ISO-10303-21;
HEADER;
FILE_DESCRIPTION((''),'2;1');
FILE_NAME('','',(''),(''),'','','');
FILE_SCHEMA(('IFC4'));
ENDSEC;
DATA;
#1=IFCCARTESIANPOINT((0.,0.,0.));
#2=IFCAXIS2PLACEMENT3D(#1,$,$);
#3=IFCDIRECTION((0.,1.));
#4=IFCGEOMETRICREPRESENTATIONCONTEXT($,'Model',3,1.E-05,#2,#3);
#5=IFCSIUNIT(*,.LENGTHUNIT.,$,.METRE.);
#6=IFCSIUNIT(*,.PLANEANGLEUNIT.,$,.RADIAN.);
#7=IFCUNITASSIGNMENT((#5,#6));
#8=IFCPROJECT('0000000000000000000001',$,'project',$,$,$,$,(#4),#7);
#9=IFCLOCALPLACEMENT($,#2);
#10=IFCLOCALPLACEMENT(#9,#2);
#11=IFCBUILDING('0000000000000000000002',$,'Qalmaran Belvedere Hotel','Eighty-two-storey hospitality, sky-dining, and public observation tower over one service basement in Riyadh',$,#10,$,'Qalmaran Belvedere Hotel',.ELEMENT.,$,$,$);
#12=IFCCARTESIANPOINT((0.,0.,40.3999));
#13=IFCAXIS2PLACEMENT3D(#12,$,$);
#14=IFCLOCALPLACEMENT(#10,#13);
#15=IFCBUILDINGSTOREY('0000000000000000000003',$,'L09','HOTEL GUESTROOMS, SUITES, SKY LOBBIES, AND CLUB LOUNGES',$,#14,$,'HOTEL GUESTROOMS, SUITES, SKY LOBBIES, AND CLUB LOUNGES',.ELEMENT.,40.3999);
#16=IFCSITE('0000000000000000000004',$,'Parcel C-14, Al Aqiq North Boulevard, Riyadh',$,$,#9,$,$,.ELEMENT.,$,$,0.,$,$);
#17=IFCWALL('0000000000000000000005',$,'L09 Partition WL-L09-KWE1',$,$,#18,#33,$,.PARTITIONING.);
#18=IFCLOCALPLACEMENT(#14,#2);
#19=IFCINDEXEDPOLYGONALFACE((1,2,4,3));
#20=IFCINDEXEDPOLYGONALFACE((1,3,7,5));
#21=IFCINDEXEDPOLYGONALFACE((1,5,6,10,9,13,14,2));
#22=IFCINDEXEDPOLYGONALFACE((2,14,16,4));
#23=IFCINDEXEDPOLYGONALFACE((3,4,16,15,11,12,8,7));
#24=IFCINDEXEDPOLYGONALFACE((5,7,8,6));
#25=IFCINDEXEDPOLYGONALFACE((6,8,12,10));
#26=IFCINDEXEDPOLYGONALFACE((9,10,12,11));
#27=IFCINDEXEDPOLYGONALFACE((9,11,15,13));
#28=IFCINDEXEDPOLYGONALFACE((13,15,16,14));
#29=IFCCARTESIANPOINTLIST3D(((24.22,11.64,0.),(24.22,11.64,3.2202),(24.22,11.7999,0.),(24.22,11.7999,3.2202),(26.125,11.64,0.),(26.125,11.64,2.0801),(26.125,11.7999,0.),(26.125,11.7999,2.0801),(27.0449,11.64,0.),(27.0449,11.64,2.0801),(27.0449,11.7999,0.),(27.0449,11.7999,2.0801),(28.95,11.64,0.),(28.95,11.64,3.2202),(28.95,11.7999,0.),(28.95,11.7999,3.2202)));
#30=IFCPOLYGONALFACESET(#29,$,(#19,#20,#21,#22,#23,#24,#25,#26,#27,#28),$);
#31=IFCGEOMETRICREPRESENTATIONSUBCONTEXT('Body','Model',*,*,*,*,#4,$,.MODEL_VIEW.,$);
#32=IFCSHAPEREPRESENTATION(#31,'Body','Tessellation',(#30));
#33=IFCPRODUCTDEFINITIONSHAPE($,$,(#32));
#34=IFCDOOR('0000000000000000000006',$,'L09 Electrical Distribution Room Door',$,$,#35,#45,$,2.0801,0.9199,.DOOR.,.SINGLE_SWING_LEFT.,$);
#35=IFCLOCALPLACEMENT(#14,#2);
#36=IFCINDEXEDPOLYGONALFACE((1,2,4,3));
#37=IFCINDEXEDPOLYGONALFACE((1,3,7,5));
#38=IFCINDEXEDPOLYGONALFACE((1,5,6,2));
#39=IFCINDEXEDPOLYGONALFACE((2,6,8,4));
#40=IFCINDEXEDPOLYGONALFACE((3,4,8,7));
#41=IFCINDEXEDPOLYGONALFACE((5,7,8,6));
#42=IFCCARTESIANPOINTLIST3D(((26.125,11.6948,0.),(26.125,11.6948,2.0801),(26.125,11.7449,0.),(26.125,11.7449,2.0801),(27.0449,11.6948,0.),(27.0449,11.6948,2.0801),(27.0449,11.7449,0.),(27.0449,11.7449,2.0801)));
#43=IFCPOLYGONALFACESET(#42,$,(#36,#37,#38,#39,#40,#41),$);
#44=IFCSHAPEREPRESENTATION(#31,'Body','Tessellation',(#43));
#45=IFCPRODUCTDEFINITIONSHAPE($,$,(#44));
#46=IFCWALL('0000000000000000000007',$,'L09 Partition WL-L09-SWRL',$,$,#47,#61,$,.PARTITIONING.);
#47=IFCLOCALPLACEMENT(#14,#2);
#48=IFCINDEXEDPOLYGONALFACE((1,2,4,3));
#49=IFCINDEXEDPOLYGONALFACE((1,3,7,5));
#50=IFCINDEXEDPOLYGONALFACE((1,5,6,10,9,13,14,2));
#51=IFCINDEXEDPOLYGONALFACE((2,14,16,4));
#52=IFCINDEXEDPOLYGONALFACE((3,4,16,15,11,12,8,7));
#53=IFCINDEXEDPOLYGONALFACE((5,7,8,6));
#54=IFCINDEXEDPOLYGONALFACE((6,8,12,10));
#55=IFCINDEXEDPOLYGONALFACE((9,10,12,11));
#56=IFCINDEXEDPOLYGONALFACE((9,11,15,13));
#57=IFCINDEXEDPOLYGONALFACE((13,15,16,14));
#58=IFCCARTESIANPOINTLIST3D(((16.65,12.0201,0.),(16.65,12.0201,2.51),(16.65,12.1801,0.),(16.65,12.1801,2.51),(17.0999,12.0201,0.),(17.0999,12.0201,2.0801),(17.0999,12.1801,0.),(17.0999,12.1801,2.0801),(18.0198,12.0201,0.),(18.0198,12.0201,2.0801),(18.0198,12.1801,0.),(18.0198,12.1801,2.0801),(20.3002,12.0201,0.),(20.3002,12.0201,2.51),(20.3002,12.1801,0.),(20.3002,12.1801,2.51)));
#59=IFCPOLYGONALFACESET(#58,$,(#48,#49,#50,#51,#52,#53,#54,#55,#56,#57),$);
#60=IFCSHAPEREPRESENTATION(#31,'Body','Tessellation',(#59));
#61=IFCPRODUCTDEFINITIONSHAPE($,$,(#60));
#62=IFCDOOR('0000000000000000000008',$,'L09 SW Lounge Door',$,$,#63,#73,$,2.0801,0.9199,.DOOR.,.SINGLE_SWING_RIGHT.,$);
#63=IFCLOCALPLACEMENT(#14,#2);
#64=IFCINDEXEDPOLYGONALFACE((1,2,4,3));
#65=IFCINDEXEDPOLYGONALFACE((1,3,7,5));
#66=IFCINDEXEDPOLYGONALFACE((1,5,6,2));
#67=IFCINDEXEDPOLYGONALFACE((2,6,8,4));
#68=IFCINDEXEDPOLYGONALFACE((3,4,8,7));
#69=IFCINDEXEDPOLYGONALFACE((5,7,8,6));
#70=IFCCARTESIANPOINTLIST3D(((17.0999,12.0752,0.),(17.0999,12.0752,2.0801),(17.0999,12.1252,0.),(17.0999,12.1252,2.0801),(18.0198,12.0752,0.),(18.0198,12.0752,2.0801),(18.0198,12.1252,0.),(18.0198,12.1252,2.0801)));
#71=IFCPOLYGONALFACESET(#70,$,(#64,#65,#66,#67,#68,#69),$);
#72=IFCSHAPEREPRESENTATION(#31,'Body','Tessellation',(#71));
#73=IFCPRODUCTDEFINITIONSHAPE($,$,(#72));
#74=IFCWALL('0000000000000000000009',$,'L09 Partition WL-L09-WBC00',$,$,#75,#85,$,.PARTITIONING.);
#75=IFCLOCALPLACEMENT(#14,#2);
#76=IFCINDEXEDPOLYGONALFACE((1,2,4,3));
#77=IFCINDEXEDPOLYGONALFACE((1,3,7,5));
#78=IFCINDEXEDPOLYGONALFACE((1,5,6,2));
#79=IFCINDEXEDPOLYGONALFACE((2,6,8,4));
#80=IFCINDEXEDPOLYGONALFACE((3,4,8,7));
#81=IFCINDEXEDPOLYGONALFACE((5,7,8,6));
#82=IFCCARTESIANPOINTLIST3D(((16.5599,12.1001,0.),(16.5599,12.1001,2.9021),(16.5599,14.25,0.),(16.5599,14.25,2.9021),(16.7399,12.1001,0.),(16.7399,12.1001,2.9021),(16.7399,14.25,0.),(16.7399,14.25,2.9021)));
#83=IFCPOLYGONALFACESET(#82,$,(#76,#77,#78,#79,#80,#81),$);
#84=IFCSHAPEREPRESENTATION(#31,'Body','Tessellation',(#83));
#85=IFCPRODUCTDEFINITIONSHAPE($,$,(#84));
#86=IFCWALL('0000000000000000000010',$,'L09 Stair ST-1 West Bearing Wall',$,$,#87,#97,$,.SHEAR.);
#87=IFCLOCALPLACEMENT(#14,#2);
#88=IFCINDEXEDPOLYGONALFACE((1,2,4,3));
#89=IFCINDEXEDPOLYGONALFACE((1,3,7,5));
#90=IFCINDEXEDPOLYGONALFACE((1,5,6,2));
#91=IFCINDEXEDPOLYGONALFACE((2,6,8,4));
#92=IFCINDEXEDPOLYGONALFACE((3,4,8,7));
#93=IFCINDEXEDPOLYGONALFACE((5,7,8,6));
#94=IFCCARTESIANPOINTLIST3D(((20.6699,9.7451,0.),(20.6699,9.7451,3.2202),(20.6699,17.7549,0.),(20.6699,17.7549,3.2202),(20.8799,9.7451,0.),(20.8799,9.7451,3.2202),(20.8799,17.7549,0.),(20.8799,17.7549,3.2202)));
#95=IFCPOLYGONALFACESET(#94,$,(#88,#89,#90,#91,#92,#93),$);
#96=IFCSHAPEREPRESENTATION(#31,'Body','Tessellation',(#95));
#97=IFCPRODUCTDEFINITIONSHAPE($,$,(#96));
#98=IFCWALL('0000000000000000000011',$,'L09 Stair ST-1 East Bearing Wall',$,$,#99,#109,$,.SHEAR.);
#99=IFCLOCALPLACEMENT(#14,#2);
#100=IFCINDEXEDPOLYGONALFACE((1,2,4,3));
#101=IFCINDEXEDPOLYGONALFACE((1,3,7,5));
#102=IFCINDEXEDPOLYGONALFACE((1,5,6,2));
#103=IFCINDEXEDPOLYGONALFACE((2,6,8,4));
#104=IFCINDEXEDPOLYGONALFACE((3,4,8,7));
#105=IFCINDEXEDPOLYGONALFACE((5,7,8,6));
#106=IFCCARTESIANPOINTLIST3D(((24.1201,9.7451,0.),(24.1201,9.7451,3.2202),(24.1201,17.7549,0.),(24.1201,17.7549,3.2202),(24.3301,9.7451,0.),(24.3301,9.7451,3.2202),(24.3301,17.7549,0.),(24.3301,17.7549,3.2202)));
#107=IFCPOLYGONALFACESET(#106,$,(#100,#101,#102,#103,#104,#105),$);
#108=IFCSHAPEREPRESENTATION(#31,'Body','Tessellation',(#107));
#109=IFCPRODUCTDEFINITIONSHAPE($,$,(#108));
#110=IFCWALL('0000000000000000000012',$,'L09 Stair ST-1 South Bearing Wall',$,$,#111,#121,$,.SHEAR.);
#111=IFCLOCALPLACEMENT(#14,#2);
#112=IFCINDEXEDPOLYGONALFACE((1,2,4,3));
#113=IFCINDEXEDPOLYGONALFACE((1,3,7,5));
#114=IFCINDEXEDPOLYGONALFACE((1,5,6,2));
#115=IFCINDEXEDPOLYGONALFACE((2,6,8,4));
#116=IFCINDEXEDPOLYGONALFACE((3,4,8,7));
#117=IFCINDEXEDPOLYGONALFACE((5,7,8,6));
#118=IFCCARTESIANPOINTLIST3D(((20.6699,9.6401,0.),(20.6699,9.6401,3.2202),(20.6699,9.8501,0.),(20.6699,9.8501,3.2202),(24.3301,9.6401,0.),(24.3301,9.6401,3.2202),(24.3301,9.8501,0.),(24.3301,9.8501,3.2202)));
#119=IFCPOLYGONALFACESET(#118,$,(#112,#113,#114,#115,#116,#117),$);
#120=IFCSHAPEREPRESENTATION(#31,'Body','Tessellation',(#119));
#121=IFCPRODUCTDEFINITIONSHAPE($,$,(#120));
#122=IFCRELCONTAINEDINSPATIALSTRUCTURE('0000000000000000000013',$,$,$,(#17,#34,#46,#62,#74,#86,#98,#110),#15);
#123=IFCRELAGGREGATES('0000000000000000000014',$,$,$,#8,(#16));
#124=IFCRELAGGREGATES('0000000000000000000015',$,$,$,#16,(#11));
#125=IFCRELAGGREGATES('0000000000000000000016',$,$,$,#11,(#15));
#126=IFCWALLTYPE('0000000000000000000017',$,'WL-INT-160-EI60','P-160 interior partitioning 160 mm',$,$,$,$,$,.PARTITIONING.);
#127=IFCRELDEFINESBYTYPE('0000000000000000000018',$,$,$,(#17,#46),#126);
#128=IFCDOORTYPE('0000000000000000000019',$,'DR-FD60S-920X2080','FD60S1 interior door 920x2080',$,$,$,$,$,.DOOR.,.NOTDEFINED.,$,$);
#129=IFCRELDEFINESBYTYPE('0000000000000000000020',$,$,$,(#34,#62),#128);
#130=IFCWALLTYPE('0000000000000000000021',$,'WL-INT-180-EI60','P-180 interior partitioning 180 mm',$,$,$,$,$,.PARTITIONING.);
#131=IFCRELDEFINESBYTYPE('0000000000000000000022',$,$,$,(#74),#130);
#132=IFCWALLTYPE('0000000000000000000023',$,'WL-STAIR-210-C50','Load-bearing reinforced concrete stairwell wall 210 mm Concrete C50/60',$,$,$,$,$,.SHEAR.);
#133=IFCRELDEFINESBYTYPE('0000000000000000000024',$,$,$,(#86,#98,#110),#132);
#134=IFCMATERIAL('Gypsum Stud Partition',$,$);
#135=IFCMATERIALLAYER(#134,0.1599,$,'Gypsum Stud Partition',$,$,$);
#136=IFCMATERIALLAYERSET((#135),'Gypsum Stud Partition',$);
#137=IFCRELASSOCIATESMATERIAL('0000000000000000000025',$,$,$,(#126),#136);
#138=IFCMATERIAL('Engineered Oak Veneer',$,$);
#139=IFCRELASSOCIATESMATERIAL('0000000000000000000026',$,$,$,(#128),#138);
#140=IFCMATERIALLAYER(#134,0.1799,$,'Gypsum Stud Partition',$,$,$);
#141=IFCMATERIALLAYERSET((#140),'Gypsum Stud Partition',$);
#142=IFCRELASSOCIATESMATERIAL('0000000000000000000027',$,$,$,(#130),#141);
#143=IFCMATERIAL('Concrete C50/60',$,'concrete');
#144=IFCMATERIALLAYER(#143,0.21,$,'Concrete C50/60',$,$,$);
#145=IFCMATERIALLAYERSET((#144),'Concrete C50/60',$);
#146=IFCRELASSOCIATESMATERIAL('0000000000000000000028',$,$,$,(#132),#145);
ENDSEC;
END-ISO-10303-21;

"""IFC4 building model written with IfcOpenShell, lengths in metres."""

from ifc_helpers import new_model, si_unit, direction, frame, frame_2d, origin, place, context, subcontext, project, spatial, rectangle, extrude, material, layer, layer_set, type_object, element, fill, save


model = new_model("IFC4")

# Units and contexts
model_context = context("Model", 3, precision=1e-05, world=origin(), true_north=direction((0.0, 1.0)))
body_context = subcontext(model_context, "Body", "Model", "MODEL_VIEW")
ifc_project = project(units=[si_unit("LENGTHUNIT", "METRE"), si_unit("PLANEANGLEUNIT", "RADIAN")], contexts=[model_context])

# Site, building, storey
site_placement = place(None, origin())
site = spatial("IfcSite", under=ifc_project, at=site_placement, Name="Parcel C-14, Al Aqiq North Boulevard, Riyadh", CompositionType="ELEMENT", RefElevation=0.0)
building_placement = place(site_placement, origin())
building = spatial("IfcBuilding", under=site, at=building_placement, Name="Qalmaran Belvedere Hotel", Description="Eighty-two-storey hospitality, sky-dining, and public observation tower over one service basement in Riyadh", LongName="Qalmaran Belvedere Hotel", CompositionType="ELEMENT")
storey_placement = place(building_placement, frame((0.0, 0.0, 40.3999)))
storey = spatial("IfcBuildingStorey", under=building, at=storey_placement, Name="L09", Description="HOTEL GUESTROOMS, SUITES, SKY LOBBIES, AND CLUB LOUNGES", LongName="HOTEL GUESTROOMS, SUITES, SKY LOBBIES, AND CLUB LOUNGES", CompositionType="ELEMENT", Elevation=40.3999)

# Shared definitions
ifc_material_1 = material(Name="Concrete C50/60", Category="concrete")
ifc_material_2 = material(Name="Gypsum Stud Partition")

# Walls, openings, doors
ifc_layer_1 = layer(ifc_material_2, 0.1599, Name="Gypsum Stud Partition")
ifc_layer_set_1 = layer_set([ifc_layer_1], Name="Gypsum Stud Partition")
wall_type_1 = type_object("IfcWallType", Name="WL-INT-160-EI60", Description="P-160 interior partitioning 160 mm", PredefinedType="PARTITIONING", material=ifc_layer_set_1)
wall_1_placement = place(storey_placement, frame((24.22, 11.72, 0.0), z_axis=(0.0, 0.0, 1.0), x_axis=(1.0, 0.0, 0.0)))
wall_1 = element("IfcWall", 1, at=wall_1_placement, inside=storey, type_object=wall_type_1, Name="L09 Partition WL-L09-KWE1", PredefinedType="PARTITIONING", context=body_context, shape_type="SweptSolid", body=[
    extrude(rectangle(XDim=4.73, YDim=0.1599, at=frame_2d((2.365, 0.0))), origin(), (0.0, 0.0, 1.0), 3.2202),
])
opening_1_placement = place(wall_1_placement, frame((1.905, 0.0, 0.0)))
opening_1 = element("IfcOpeningElement", 2, at=opening_1_placement, cuts=wall_1, PredefinedType="OPENING", context=body_context, shape_type="SweptSolid", body=[
    extrude(rectangle(XDim=0.9199, YDim=2.0801, at=frame_2d((0.46, 1.04))), frame((0.0, 0.0898, 0.0), z_axis=(0.0, -1.0, 0.0), x_axis=(1.0, 0.0, 0.0)), (0.0, 0.0, 1.0), 0.1799),
])
ifc_material_3 = material(Name="Engineered Oak Veneer")
door_type_1 = type_object("IfcDoorType", Name="DR-FD60S-920X2080", Description="FD60S1 interior door 920x2080", OperationType="NOTDEFINED", PredefinedType="DOOR", material=ifc_material_3)
door_1_placement = place(opening_1_placement, origin())
door_1 = element("IfcDoor", 3, at=door_1_placement, inside=storey, type_object=door_type_1, Name="L09 Electrical Distribution Room Door", OperationType="SINGLE_SWING_LEFT", OverallHeight=2.0801, OverallWidth=0.9199, PredefinedType="DOOR", context=body_context, shape_type="SweptSolid", body=[
    extrude(rectangle(XDim=0.9199, YDim=2.0801, at=frame_2d((0.46, 1.04))), frame((0.0, 0.0249, 0.0), z_axis=(0.0, -1.0, 0.0), x_axis=(1.0, 0.0, 0.0)), (0.0, 0.0, 1.0), 0.05),
])
fill(opening_1, door_1)
wall_2_placement = place(storey_placement, frame((16.6499, 12.1001, 0.0), z_axis=(0.0, 0.0, 1.0), x_axis=(1.0, 0.0, 0.0)))
wall_2 = element("IfcWall", 4, at=wall_2_placement, inside=storey, type_object=wall_type_1, Name="L09 Partition WL-L09-SWRL", PredefinedType="PARTITIONING", context=body_context, shape_type="SweptSolid", body=[
    extrude(rectangle(XDim=3.6501, YDim=0.1599, at=frame_2d((1.8252, 0.0))), origin(), (0.0, 0.0, 1.0), 2.51),
])
opening_2_placement = place(wall_2_placement, frame((1.3699, 0.0, 0.0), z_axis=(0.0, 0.0, 1.0), x_axis=(-1.0, 0.0, 0.0)))
opening_2 = element("IfcOpeningElement", 5, at=opening_2_placement, cuts=wall_2, PredefinedType="OPENING", context=body_context, shape_type="SweptSolid", body=[
    extrude(rectangle(XDim=0.9199, YDim=2.0801, at=frame_2d((0.46, 1.04))), frame((0.0, 0.0898, 0.0), z_axis=(0.0, -1.0, 0.0), x_axis=(1.0, 0.0, 0.0)), (0.0, 0.0, 1.0), 0.1799),
])
door_2_placement = place(opening_2_placement, origin())
door_2 = element("IfcDoor", 6, at=door_2_placement, inside=storey, type_object=door_type_1, Name="L09 SW Lounge Door", OperationType="SINGLE_SWING_RIGHT", OverallHeight=2.0801, OverallWidth=0.9199, PredefinedType="DOOR", context=body_context, shape_type="SweptSolid", body=[
    extrude(rectangle(XDim=0.9199, YDim=2.0801, at=frame_2d((0.46, 1.04))), frame((0.0, 0.0249, 0.0), z_axis=(0.0, -1.0, 0.0), x_axis=(1.0, 0.0, 0.0)), (0.0, 0.0, 1.0), 0.05),
])
fill(opening_2, door_2)

# Walls
ifc_layer_2 = layer(ifc_material_2, 0.1799, Name="Gypsum Stud Partition")
ifc_layer_set_2 = layer_set([ifc_layer_2], Name="Gypsum Stud Partition")
wall_type_2 = type_object("IfcWallType", Name="WL-INT-180-EI60", Description="P-180 interior partitioning 180 mm", PredefinedType="PARTITIONING", material=ifc_layer_set_2)
wall_3_placement = place(storey_placement, frame((16.6499, 12.1001, 0.0), z_axis=(0.0, 0.0, 1.0), x_axis=(0.0, 1.0, 0.0)))
element("IfcWall", 7, at=wall_3_placement, inside=storey, type_object=wall_type_2, Name="L09 Partition WL-L09-WBC00", PredefinedType="PARTITIONING", context=body_context, shape_type="SweptSolid", body=[
    extrude(rectangle(XDim=2.1499, YDim=0.1799, at=frame_2d((1.075, 0.0))), origin(), (0.0, 0.0, 1.0), 2.9021),
])
ifc_layer_3 = layer(ifc_material_1, 0.21, Name="Concrete C50/60")
ifc_layer_set_3 = layer_set([ifc_layer_3], Name="Concrete C50/60")
wall_type_3 = type_object("IfcWallType", Name="WL-STAIR-210-C50", Description="Load-bearing reinforced concrete stairwell wall 210 mm Concrete C50/60", PredefinedType="SHEAR", material=ifc_layer_set_3)
for number, where, z_axis, x_axis, name in (
    (8, (20.7749, 9.7451, 0.0), (0.0, 0.0, 1.0), (0.0, 1.0, 0.0), "L09 Stair ST-1 West Bearing Wall"),
    (9, (24.2251, 9.7451, 0.0), (0.0, 0.0, 1.0), (0.0, 1.0, 0.0), "L09 Stair ST-1 East Bearing Wall"),
):
    element("IfcWall", number, at=place(storey_placement, frame(where, z_axis=z_axis, x_axis=x_axis)), inside=storey, type_object=wall_type_3, Name=name, PredefinedType="SHEAR", context=body_context, shape_type="SweptSolid", body=[
        extrude(rectangle(XDim=8.0098, YDim=0.21, at=frame_2d((4.0049, 0.0))), origin(), (0.0, 0.0, 1.0), 3.2202),
    ])
wall_4_placement = place(storey_placement, frame((20.6699, 9.7451, 0.0), z_axis=(0.0, 0.0, 1.0), x_axis=(1.0, 0.0, 0.0)))
element("IfcWall", 10, at=wall_4_placement, inside=storey, type_object=wall_type_3, Name="L09 Stair ST-1 South Bearing Wall", PredefinedType="SHEAR", context=body_context, shape_type="SweptSolid", body=[
    extrude(rectangle(XDim=3.6602, YDim=0.21, at=frame_2d((1.8301, 0.0))), origin(), (0.0, 0.0, 1.0), 3.2202),
])

save(model, "model.ifc")
